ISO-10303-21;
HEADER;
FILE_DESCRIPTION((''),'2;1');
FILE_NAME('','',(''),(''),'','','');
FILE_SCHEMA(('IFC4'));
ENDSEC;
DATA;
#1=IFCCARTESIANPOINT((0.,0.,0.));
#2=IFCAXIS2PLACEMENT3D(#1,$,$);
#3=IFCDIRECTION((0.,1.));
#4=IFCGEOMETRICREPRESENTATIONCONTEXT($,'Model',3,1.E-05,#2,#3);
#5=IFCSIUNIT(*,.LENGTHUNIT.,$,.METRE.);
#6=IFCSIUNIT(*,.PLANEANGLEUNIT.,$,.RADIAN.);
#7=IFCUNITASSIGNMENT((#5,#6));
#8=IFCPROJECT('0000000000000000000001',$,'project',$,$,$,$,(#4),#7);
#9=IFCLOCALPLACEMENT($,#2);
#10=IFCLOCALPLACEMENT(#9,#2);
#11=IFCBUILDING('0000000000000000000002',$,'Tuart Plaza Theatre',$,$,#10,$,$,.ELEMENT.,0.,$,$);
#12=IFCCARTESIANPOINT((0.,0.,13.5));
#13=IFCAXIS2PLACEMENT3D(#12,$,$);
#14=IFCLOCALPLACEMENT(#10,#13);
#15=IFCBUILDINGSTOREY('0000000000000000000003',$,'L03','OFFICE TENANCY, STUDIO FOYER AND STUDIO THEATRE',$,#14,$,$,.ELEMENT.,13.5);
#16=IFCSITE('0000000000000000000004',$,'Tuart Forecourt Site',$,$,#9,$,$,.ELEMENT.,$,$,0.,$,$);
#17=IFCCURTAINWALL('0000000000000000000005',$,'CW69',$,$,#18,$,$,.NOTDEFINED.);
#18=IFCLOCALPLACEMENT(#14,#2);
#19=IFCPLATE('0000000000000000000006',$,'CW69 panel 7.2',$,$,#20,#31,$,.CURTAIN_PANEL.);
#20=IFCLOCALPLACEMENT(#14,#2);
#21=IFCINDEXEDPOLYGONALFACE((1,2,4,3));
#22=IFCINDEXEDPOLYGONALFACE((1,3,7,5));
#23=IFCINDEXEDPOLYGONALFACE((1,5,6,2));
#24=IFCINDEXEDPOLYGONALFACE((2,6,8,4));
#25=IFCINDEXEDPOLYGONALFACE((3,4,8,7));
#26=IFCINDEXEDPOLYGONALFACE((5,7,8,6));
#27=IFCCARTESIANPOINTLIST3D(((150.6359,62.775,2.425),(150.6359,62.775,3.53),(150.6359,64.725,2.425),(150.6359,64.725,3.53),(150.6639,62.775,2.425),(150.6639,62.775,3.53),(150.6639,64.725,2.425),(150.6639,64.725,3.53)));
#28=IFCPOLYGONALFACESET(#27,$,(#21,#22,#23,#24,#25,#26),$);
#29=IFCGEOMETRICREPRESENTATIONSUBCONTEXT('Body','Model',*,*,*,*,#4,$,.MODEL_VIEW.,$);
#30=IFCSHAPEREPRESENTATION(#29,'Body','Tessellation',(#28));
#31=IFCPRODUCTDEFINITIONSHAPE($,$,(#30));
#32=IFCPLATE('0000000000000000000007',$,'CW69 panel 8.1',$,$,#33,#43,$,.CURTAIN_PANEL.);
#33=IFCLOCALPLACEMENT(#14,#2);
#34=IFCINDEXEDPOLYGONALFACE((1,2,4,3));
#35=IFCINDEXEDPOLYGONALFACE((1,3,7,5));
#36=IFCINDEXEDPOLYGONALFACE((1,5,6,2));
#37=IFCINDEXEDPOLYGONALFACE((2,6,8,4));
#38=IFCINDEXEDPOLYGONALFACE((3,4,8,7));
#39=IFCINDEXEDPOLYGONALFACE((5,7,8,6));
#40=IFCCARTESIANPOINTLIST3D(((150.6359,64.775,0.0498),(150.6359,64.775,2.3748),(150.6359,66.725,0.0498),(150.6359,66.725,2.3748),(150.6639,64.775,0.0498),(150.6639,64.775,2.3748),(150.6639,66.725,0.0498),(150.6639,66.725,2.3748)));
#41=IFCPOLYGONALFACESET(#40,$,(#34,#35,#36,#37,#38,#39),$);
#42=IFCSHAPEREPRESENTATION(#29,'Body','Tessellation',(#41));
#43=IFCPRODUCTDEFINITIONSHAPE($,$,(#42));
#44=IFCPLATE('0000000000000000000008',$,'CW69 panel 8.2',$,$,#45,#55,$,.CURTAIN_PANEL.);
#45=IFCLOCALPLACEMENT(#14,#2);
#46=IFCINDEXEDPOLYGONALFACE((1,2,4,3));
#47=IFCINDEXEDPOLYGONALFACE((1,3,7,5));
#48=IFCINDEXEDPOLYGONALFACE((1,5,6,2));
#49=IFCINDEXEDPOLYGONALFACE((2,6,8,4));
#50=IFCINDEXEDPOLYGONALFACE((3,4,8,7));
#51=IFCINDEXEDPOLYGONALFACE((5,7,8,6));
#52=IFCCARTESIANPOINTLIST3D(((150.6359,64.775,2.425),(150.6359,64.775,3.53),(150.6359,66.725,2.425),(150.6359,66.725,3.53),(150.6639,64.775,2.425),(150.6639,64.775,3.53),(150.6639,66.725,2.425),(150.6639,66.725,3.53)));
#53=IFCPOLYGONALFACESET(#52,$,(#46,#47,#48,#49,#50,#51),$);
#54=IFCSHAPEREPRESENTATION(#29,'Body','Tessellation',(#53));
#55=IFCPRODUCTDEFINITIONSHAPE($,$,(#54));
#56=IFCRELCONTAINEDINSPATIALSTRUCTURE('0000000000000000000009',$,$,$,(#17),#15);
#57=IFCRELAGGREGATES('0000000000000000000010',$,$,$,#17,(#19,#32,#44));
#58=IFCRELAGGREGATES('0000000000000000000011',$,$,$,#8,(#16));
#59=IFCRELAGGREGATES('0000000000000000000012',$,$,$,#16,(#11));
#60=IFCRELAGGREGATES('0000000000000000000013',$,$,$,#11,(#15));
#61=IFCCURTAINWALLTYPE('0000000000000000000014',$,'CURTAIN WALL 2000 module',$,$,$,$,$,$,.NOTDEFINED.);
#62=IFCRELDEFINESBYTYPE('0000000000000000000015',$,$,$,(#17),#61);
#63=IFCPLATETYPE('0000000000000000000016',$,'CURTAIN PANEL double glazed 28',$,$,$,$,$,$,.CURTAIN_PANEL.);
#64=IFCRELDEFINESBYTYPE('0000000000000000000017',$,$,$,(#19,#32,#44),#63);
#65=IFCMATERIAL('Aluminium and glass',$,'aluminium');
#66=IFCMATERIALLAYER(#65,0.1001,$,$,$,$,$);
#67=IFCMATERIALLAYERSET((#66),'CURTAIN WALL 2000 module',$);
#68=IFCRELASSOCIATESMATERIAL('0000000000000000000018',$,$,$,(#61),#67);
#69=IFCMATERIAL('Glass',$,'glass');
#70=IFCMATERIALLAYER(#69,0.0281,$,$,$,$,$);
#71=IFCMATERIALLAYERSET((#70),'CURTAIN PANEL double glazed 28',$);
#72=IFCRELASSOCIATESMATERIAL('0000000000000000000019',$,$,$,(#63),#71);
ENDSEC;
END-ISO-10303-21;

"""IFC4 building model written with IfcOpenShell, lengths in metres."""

from ifc_helpers import new_model, si_unit, direction, frame, origin, origin_2d, place, context, subcontext, project, spatial, rectangle, extrude, material, layer, layer_set, type_object, element, aggregate, save


model = new_model("IFC4")

# Units and contexts
model_context = context("Model", 3, precision=1e-05, world=origin(), true_north=direction((0.0, 1.0)))
body_context = subcontext(model_context, "Body", "Model", "MODEL_VIEW")
ifc_project = project(units=[si_unit("LENGTHUNIT", "METRE"), si_unit("PLANEANGLEUNIT", "RADIAN")], contexts=[model_context])

# Site, building, storey
site_placement = place(None, origin())
site = spatial("IfcSite", under=ifc_project, at=site_placement, Name="Tuart Forecourt Site", CompositionType="ELEMENT", RefElevation=0.0)
building_placement = place(site_placement, origin())
building = spatial("IfcBuilding", under=site, at=building_placement, Name="Tuart Plaza Theatre", CompositionType="ELEMENT", ElevationOfRefHeight=0.0)
storey_placement = place(building_placement, frame((0.0, 0.0, 13.5)))
storey = spatial("IfcBuildingStorey", under=building, at=storey_placement, Name="L03", Description="OFFICE TENANCY, STUDIO FOYER AND STUDIO THEATRE", CompositionType="ELEMENT", Elevation=13.5)

# Curtain wall, plates
ifc_material_1 = material(Name="Aluminium and glass", Category="aluminium")
ifc_layer_1 = layer(ifc_material_1, 0.1001)
ifc_layer_set_1 = layer_set([ifc_layer_1], Name="CURTAIN WALL 2000 module")
curtain_wall_type = type_object("IfcCurtainWallType", Name="CURTAIN WALL 2000 module", PredefinedType="NOTDEFINED", material=ifc_layer_set_1)
curtain_wall_placement = place(storey_placement, origin())
curtain_wall = element("IfcCurtainWall", 1, at=curtain_wall_placement, inside=storey, type_object=curtain_wall_type, Name="CW69", PredefinedType="NOTDEFINED")
ifc_material_2 = material(Name="Glass", Category="glass")
ifc_layer_2 = layer(ifc_material_2, 0.0281)
ifc_layer_set_2 = layer_set([ifc_layer_2], Name="CURTAIN PANEL double glazed 28")
plate_type = type_object("IfcPlateType", Name="CURTAIN PANEL double glazed 28", PredefinedType="CURTAIN_PANEL", material=ifc_layer_set_2)
plate_1_placement = place(storey_placement, frame((150.6499, 63.75, 2.425), z_axis=(0.0, 0.0, 1.0), x_axis=(0.0, 1.0, 0.0)))
plate_1 = element("IfcPlate", 2, at=plate_1_placement, type_object=plate_type, Name="CW69 panel 7.2", PredefinedType="CURTAIN_PANEL", context=body_context, shape_type="SweptSolid", body=[
    extrude(rectangle(XDim=1.95, YDim=0.0281, at=origin_2d()), origin(), (0.0, 0.0, 1.0), 1.105),
])
plate_2_placement = place(storey_placement, frame((150.6499, 65.75, 0.0498), z_axis=(0.0, 0.0, 1.0), x_axis=(0.0, 1.0, 0.0)))
plate_2 = element("IfcPlate", 3, at=plate_2_placement, type_object=plate_type, Name="CW69 panel 8.1", PredefinedType="CURTAIN_PANEL", context=body_context, shape_type="SweptSolid", body=[
    extrude(rectangle(XDim=1.95, YDim=0.0281, at=origin_2d()), origin(), (0.0, 0.0, 1.0), 2.325),
])
plate_3_placement = place(storey_placement, frame((150.6499, 65.75, 2.425), z_axis=(0.0, 0.0, 1.0), x_axis=(0.0, 1.0, 0.0)))
plate_3 = element("IfcPlate", 4, at=plate_3_placement, type_object=plate_type, Name="CW69 panel 8.2", PredefinedType="CURTAIN_PANEL", context=body_context, shape_type="SweptSolid", body=[
    extrude(rectangle(XDim=1.95, YDim=0.0281, at=origin_2d()), origin(), (0.0, 0.0, 1.0), 1.105),
])
aggregate(curtain_wall, [plate_1, plate_2, plate_3])

save(model, "model.ifc")
